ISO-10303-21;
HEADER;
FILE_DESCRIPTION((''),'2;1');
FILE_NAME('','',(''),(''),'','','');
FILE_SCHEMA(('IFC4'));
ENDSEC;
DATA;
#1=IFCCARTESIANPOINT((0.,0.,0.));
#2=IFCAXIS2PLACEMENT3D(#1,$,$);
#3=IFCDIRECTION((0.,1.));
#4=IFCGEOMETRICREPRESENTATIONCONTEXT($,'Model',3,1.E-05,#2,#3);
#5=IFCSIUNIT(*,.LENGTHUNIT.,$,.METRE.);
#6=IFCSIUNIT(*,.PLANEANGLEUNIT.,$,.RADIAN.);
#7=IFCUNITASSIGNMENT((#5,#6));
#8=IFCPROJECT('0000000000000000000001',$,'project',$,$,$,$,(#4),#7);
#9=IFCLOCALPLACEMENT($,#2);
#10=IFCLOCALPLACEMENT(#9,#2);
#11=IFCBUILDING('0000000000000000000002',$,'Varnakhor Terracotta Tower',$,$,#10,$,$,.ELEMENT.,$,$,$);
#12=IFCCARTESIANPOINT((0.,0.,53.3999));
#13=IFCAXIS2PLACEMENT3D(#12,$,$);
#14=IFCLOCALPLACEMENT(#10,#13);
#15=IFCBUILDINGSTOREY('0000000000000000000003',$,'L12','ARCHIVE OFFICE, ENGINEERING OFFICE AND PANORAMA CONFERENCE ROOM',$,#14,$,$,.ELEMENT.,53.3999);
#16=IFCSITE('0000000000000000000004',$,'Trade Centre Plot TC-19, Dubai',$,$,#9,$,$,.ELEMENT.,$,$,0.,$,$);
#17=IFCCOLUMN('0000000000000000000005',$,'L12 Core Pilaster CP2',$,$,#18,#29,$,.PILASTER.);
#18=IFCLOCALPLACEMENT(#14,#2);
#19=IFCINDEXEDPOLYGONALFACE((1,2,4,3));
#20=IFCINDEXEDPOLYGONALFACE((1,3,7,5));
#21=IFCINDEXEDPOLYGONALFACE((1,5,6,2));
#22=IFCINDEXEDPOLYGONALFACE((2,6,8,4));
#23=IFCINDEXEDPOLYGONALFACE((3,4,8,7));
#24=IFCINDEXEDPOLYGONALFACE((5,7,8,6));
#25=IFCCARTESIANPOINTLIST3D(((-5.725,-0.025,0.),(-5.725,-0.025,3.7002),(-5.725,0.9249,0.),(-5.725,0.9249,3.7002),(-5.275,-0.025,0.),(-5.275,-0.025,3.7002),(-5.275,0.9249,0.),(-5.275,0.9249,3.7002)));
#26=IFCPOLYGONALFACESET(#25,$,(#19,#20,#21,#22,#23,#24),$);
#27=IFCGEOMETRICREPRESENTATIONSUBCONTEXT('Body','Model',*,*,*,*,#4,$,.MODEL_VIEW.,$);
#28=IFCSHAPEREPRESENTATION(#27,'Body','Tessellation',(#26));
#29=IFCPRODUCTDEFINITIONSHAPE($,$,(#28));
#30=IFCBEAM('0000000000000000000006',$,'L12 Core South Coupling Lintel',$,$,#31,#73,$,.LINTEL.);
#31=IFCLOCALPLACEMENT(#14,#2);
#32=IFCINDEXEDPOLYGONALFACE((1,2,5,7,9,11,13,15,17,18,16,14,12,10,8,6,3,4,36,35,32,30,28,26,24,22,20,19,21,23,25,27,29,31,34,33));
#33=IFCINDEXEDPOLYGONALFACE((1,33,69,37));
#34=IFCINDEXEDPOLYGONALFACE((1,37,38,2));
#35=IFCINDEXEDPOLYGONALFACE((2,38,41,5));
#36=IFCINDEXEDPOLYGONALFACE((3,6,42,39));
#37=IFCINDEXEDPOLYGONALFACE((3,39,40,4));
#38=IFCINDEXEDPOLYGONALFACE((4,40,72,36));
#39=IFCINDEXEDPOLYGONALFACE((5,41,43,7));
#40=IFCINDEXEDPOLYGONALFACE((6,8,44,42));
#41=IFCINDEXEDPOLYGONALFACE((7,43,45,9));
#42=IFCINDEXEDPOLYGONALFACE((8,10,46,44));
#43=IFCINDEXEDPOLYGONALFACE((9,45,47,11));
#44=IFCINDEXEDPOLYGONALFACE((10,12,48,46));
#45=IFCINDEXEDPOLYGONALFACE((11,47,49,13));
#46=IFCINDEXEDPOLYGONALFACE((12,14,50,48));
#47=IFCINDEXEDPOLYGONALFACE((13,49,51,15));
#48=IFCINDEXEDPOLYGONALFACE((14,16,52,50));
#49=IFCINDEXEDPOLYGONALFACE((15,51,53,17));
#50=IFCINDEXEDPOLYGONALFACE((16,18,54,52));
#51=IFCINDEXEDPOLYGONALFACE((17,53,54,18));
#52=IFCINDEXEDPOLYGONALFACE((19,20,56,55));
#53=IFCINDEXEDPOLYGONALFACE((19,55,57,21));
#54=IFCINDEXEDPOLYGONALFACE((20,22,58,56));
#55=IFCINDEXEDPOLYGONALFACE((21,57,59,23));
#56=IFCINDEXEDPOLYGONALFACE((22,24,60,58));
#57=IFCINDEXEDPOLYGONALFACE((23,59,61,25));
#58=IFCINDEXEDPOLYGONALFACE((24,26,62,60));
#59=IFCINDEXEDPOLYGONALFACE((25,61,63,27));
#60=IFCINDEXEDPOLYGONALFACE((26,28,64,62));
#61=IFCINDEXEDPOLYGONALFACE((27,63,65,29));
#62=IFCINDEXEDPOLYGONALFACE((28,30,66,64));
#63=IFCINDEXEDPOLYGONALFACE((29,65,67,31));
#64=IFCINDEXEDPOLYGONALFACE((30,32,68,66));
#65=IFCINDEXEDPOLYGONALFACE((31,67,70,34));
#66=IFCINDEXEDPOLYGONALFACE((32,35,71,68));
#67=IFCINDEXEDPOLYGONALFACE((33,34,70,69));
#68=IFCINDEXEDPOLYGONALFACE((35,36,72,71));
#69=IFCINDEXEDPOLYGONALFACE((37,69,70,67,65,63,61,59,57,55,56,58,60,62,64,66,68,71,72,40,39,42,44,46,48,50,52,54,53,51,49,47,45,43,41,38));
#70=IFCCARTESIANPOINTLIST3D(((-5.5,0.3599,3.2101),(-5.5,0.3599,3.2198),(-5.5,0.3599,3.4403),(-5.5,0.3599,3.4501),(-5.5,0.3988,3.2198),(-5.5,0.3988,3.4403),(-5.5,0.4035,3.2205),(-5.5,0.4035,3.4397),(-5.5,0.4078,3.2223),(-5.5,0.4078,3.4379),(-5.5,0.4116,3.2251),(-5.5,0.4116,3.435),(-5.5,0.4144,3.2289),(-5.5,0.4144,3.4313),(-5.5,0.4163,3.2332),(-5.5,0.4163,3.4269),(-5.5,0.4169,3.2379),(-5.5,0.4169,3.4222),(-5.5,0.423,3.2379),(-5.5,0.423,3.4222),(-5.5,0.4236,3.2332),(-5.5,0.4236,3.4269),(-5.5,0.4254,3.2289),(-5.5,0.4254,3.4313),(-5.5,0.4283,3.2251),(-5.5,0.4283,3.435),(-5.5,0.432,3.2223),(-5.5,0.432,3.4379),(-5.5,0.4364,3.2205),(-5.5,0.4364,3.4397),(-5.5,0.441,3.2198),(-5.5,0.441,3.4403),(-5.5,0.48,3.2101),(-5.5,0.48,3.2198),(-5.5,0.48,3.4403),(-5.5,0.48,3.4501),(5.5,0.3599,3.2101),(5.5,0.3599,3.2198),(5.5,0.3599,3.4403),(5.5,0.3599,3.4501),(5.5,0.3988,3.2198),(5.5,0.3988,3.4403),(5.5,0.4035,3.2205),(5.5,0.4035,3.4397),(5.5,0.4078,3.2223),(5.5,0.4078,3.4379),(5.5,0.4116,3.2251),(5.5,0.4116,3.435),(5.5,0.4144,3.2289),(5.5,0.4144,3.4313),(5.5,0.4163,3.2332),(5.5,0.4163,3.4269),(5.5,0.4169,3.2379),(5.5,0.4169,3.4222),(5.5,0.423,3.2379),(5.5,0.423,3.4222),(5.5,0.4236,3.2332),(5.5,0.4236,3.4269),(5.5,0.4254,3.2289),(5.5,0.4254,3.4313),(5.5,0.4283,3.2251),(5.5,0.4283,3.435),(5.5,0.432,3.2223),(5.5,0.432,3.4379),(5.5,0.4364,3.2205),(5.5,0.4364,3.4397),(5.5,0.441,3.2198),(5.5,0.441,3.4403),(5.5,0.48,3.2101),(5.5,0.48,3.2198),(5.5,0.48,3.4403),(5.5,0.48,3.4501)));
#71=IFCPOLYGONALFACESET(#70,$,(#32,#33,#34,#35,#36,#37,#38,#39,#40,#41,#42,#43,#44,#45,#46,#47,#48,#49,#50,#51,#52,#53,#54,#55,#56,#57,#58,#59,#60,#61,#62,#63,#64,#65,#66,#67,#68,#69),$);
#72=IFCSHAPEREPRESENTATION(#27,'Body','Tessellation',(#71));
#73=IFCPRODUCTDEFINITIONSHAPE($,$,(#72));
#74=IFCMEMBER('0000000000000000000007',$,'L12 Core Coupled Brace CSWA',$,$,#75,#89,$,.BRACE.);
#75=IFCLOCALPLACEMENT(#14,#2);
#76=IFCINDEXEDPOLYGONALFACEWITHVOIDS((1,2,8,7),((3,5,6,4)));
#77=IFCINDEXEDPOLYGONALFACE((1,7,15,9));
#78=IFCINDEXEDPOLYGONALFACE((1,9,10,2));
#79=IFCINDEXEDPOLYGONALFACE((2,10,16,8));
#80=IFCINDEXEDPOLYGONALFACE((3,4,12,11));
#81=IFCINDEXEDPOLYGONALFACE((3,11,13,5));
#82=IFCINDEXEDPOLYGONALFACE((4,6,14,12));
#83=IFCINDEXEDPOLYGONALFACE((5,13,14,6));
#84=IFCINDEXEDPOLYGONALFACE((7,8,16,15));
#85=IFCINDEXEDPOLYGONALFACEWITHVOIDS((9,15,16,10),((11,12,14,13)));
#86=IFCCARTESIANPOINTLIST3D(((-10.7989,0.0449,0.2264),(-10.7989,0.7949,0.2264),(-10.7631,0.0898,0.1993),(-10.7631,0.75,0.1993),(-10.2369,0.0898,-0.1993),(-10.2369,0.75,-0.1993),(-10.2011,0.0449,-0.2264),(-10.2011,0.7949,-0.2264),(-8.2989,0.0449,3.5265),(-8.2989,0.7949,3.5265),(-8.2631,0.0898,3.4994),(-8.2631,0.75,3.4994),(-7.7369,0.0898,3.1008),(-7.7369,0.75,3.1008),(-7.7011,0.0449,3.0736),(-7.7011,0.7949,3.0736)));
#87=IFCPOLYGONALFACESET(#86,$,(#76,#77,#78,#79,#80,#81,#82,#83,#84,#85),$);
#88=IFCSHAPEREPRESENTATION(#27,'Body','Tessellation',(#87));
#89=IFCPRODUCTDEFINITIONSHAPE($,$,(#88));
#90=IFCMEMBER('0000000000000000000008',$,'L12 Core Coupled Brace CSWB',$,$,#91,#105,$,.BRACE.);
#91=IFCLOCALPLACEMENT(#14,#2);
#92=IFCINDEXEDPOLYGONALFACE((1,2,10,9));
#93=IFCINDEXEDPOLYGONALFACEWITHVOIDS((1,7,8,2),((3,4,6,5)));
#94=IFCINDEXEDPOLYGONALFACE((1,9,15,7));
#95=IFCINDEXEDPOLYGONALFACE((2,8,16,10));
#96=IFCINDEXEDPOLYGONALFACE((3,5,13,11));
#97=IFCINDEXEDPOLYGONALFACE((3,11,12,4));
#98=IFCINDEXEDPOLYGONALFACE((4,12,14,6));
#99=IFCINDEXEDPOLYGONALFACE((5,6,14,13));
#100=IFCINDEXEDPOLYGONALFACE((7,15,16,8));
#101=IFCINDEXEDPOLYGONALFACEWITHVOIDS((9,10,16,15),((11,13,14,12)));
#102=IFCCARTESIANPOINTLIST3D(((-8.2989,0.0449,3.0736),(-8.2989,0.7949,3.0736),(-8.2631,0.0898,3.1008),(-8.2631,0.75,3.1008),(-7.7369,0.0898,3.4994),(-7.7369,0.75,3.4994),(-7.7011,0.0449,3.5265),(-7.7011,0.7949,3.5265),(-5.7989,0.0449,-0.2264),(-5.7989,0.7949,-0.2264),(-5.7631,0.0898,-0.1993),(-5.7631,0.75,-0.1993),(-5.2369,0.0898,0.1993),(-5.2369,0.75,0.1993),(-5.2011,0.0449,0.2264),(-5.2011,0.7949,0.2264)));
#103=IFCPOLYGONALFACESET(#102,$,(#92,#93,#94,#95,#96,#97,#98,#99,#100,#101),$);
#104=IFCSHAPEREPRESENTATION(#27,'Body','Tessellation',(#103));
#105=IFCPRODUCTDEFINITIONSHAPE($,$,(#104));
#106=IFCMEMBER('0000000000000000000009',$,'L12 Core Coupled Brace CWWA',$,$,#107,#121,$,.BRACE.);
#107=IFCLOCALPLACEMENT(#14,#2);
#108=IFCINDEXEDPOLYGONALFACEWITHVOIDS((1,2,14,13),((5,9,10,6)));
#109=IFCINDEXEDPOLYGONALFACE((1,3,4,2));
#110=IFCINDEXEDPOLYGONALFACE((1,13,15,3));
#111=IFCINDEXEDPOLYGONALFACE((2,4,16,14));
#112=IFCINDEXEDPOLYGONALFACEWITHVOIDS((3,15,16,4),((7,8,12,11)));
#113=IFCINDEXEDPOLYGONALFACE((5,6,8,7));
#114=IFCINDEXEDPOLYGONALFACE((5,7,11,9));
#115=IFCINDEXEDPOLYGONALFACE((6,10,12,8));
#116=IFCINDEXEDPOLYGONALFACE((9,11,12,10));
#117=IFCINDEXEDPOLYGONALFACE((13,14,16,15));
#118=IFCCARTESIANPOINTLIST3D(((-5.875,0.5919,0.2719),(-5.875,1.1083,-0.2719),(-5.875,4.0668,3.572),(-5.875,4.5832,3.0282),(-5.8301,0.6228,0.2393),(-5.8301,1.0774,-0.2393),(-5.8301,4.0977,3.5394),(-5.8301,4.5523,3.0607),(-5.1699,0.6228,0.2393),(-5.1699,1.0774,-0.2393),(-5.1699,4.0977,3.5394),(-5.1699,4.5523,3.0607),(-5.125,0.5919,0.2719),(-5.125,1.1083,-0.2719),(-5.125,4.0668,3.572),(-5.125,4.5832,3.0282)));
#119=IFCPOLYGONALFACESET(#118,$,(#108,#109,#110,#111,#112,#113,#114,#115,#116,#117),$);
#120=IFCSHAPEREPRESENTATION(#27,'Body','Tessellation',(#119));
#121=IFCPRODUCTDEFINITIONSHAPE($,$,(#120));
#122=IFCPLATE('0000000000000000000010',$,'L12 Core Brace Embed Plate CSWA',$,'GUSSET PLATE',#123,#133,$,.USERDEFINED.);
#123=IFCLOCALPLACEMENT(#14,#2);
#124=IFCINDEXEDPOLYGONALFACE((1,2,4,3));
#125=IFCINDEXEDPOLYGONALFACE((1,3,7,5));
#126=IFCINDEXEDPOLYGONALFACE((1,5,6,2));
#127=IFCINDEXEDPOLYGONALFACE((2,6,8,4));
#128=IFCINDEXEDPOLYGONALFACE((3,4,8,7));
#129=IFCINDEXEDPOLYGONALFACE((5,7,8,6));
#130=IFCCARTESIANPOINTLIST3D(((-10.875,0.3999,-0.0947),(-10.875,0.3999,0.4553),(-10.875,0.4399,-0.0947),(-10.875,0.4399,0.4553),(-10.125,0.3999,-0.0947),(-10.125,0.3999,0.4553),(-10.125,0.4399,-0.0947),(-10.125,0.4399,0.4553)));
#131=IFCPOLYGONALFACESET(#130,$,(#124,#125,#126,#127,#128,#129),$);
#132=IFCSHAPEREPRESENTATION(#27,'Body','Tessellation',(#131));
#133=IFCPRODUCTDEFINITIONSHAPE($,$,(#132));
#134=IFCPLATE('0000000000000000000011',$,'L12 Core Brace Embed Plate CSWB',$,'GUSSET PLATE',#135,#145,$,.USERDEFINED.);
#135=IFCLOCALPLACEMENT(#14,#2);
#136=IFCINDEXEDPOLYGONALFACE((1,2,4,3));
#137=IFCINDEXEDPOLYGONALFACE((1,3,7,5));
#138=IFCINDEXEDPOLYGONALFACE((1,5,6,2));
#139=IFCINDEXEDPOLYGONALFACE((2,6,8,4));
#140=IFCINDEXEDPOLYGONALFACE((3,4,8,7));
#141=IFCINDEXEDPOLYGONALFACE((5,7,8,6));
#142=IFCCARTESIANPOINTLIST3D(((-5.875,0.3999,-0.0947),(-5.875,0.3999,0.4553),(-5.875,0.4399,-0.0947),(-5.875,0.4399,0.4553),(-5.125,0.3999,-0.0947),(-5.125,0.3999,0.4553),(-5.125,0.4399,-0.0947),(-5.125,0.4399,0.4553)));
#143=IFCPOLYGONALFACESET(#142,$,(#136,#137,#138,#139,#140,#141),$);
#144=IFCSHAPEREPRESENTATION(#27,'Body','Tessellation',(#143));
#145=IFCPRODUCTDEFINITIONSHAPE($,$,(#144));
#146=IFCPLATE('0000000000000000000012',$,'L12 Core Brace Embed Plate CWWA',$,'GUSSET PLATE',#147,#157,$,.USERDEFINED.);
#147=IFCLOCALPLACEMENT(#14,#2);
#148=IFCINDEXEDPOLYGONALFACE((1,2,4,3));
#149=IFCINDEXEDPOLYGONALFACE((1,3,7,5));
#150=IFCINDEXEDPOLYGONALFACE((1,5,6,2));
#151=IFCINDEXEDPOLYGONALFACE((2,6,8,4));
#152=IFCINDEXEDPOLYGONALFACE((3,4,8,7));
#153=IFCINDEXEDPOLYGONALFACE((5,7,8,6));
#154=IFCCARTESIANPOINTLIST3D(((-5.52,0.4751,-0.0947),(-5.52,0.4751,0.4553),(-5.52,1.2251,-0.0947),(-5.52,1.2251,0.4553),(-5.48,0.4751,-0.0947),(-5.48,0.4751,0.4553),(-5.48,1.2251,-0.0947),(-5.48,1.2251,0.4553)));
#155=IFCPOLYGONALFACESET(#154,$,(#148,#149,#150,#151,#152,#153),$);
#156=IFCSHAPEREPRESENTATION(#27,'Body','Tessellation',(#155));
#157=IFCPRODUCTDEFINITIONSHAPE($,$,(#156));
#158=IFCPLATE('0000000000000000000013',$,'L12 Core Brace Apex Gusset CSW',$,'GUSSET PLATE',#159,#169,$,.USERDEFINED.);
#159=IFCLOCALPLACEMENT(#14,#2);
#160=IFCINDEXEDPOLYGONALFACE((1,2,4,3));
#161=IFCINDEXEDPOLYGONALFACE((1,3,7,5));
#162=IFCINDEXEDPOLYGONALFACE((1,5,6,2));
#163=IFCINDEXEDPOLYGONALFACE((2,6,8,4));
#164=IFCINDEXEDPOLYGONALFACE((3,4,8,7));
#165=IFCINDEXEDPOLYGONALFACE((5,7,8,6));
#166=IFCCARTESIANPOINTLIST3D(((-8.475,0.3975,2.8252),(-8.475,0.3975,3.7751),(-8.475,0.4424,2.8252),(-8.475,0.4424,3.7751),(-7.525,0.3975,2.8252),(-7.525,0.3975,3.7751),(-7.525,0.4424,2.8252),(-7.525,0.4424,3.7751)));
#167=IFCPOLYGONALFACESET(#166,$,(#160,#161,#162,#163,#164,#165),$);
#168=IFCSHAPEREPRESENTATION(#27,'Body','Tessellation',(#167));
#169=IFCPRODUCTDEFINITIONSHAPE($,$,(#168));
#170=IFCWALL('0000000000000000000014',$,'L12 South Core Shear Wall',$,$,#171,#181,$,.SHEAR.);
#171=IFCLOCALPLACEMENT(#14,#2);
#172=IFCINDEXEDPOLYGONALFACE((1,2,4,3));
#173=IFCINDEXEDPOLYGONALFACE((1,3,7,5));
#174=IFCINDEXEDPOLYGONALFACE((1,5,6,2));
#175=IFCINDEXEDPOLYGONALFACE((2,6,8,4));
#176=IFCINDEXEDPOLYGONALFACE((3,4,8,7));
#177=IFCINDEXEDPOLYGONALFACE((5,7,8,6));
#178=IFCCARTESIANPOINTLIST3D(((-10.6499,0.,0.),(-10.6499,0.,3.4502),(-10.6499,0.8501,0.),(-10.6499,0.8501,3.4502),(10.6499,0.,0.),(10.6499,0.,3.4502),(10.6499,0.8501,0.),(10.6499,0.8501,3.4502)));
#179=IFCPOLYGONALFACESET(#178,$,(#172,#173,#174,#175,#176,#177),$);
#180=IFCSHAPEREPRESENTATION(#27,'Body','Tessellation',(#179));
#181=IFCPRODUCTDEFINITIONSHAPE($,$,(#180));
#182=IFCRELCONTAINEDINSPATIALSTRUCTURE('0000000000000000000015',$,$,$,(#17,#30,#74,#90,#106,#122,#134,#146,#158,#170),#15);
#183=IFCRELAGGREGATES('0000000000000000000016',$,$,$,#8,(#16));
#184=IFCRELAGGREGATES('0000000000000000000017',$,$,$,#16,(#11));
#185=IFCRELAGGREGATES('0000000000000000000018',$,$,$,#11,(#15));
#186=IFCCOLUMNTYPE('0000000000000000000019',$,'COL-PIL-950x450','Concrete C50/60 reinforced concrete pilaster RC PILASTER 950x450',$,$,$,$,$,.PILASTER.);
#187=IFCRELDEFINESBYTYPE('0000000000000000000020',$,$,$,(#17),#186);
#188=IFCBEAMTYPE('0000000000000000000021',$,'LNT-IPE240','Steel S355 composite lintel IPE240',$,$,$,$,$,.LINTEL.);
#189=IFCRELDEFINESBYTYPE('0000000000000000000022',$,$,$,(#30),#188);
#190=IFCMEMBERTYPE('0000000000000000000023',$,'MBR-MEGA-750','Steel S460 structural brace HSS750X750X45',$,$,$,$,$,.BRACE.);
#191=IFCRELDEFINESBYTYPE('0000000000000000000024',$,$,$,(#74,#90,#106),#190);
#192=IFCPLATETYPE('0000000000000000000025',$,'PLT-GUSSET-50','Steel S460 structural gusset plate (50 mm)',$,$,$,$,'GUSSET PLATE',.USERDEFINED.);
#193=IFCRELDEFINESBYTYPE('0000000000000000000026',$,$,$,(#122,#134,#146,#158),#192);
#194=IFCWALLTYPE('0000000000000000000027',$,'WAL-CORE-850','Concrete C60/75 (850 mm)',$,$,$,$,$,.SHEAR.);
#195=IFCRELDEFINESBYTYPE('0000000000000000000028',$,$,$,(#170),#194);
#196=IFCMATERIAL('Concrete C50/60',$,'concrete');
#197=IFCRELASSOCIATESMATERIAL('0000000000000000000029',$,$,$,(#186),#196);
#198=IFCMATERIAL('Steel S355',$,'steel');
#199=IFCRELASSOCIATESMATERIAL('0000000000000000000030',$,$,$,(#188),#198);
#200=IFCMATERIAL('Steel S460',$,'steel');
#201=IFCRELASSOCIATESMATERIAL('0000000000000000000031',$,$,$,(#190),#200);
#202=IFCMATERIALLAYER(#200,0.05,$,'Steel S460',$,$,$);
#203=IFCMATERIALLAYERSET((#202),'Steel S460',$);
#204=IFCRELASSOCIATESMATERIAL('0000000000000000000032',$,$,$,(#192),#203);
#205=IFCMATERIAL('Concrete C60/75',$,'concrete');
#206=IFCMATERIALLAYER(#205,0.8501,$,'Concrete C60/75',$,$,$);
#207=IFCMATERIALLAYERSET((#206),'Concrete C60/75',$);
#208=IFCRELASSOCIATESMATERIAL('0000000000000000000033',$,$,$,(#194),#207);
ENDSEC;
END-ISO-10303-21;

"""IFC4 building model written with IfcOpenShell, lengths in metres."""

from ifc_helpers import new_model, si_unit, direction, frame, frame_2d, origin, origin_2d, place, context, subcontext, project, spatial, rectangle, hollow_rectangle, i_section, extrude, source, transform, mapped, material, layer, layer_set, material_profile, profile_set, type_object, type_shapes, element, save


model = new_model("IFC4")

# Units and contexts
model_context = context("Model", 3, precision=1e-05, world=origin(), true_north=direction((0.0, 1.0)))
body_context = subcontext(model_context, "Body", "Model", "MODEL_VIEW")
ifc_project = project(units=[si_unit("LENGTHUNIT", "METRE"), si_unit("PLANEANGLEUNIT", "RADIAN")], contexts=[model_context])

# Site, building, storey
site_placement = place(None, origin())
site = spatial("IfcSite", under=ifc_project, at=site_placement, Name="Trade Centre Plot TC-19, Dubai", CompositionType="ELEMENT", RefElevation=0.0)
building_placement = place(site_placement, origin())
building = spatial("IfcBuilding", under=site, at=building_placement, Name="Varnakhor Terracotta Tower", CompositionType="ELEMENT")
storey_placement = place(building_placement, frame((0.0, 0.0, 53.3999)))
storey = spatial("IfcBuildingStorey", under=building, at=storey_placement, Name="L12", Description="ARCHIVE OFFICE, ENGINEERING OFFICE AND PANORAMA CONFERENCE ROOM", CompositionType="ELEMENT", Elevation=53.3999)

# Column
ifc_material_1 = material(Name="Concrete C50/60", Category="concrete")
ifc_material_profile_1 = material_profile(ifc_material_1, rectangle(XDim=0.45, YDim=0.95, at=origin_2d()), Name="RC PILASTER 950x450")
ifc_profile_set_1 = profile_set([ifc_material_profile_1], Name="Concrete C50/60")
column_type = type_object("IfcColumnType", Name="COL-PIL-950x450", Description="Concrete C50/60 reinforced concrete pilaster RC PILASTER 950x450", PredefinedType="PILASTER", material=ifc_profile_set_1)
shared_shape_1 = source(origin(), body_context, "Body", "SweptSolid", [
    extrude(rectangle(XDim=0.45, YDim=0.95, at=origin_2d()), origin(), (0.0, 0.0, 1.0), 3.7002),
])
column_placement = place(storey_placement, frame((-5.5, 0.45, 0.0), z_axis=(0.0, 0.0, 1.0), x_axis=(1.0, 0.0, 0.0)))
element("IfcColumn", 1, at=column_placement, inside=storey, type_object=column_type, Name="L12 Core Pilaster CP2", PredefinedType="PILASTER", context=body_context, shape_type="MappedRepresentation", body=[
    mapped(shared_shape_1, transform((0.0, 0.0, 0.0), scale=1.0)),
])

# Beam
ifc_material_2 = material(Name="Steel S355", Category="steel")
ifc_material_profile_2 = material_profile(ifc_material_2, i_section(OverallWidth=0.1201, OverallDepth=0.24, WebThickness=0.0061, FlangeThickness=0.0098, FilletRadius=0.0181, at=origin_2d()), Name="IPE240")
ifc_profile_set_2 = profile_set([ifc_material_profile_2], Name="Steel S355")
beam_type = type_object("IfcBeamType", Name="LNT-IPE240", Description="Steel S355 composite lintel IPE240", PredefinedType="LINTEL", material=ifc_profile_set_2)
shared_shape_2 = source(origin(), body_context, "Body", "SweptSolid", [
    extrude(i_section(OverallWidth=0.1201, OverallDepth=0.24, WebThickness=0.0061, FlangeThickness=0.0098, FilletRadius=0.0181, at=origin_2d()), origin(), (0.0, 0.0, 1.0), 11.0),
])
type_shapes(beam_type, [shared_shape_2])
beam_placement = place(storey_placement, frame((-5.5, 0.4199, 3.3301), z_axis=(1.0, 0.0, 0.0), x_axis=(0.0, 1.0, 0.0)))
element("IfcBeam", 2, at=beam_placement, inside=storey, type_object=beam_type, Name="L12 Core South Coupling Lintel", PredefinedType="LINTEL", context=body_context, shape_type="MappedRepresentation", body=[
    mapped(shared_shape_2, transform((0.0, 0.0, 0.0), scale=1.0)),
])

# Members
ifc_material_3 = material(Name="Steel S460", Category="steel")
ifc_material_profile_3 = material_profile(ifc_material_3, hollow_rectangle(XDim=0.75, YDim=0.75, WallThickness=0.0449, at=origin_2d()), Name="HSS750X750X45")
ifc_profile_set_3 = profile_set([ifc_material_profile_3], Name="Steel S460")
member_type = type_object("IfcMemberType", Name="MBR-MEGA-750", Description="Steel S460 structural brace HSS750X750X45", PredefinedType="BRACE", material=ifc_profile_set_3)
shared_shape_3 = source(origin(), body_context, "Body", "SweptSolid", [
    extrude(hollow_rectangle(XDim=0.75, YDim=0.75, WallThickness=0.0449, at=origin_2d()), origin(), (0.0, 0.0, 1.0), 4.1401),
])
type_shapes(member_type, [shared_shape_3])
for number, where, z_axis, x_axis, name in (
    (3, (-10.5, 0.4199, 0.0), (0.603852, 0.0, 0.797096), (0.0, 1.0, 0.0), "L12 Core Coupled Brace CSWA"),
    (4, (-5.5, 0.4199, 0.0), (-0.603852, 0.0, 0.797096), (0.0, -1.0, 0.0), "L12 Core Coupled Brace CSWB"),
):
    element("IfcMember", number, at=place(storey_placement, frame(where, z_axis=z_axis, x_axis=x_axis)), inside=storey, type_object=member_type, Name=name, PredefinedType="BRACE", context=body_context, shape_type="MappedRepresentation", body=[
        mapped(shared_shape_3, transform((0.0, 0.0, 0.0), scale=1.0)),
    ])
shared_shape_4 = source(origin(), body_context, "Body", "SweptSolid", [
    extrude(hollow_rectangle(XDim=0.75, YDim=0.75, WallThickness=0.0449, at=origin_2d()), origin(), (0.0, 0.0, 1.0), 4.7922),
])
member_placement = place(storey_placement, frame((-5.5, 0.8501, 0.0), z_axis=(0.0, 0.72511, 0.688633), x_axis=(-1.0, 0.0, 0.0)))
element("IfcMember", 5, at=member_placement, inside=storey, type_object=member_type, Name="L12 Core Coupled Brace CWWA", PredefinedType="BRACE", context=body_context, shape_type="MappedRepresentation", body=[
    mapped(shared_shape_4, transform((0.0, 0.0, 0.0), scale=1.0)),
])

# Plates
ifc_layer_1 = layer(ifc_material_3, 0.05, Name="Steel S460")
ifc_layer_set_1 = layer_set([ifc_layer_1], Name="Steel S460")
plate_type = type_object("IfcPlateType", Name="PLT-GUSSET-50", Description="Steel S460 structural gusset plate (50 mm)", ElementType="GUSSET PLATE", PredefinedType="USERDEFINED", material=ifc_layer_set_1)
shared_shape_5 = source(origin(), body_context, "Body", "SweptSolid", [
    extrude(rectangle(XDim=0.75, YDim=0.04, at=origin_2d()), origin(), (0.0, 0.0, 1.0), 0.55),
])
type_shapes(plate_type, [shared_shape_5])
for number, where, z_axis, x_axis, name in (
    (6, (-10.5, 0.4199, -0.0947), (0.0, 0.0, 1.0), (1.0, 0.0, 0.0), "L12 Core Brace Embed Plate CSWA"),
    (7, (-5.5, 0.4199, -0.0947), (0.0, 0.0, 1.0), (1.0, 0.0, 0.0), "L12 Core Brace Embed Plate CSWB"),
    (8, (-5.5, 0.8501, -0.0947), (0.0, 0.0, 1.0), (0.0, 1.0, 0.0), "L12 Core Brace Embed Plate CWWA"),
):
    element("IfcPlate", number, at=place(storey_placement, frame(where, z_axis=z_axis, x_axis=x_axis)), inside=storey, type_object=plate_type, Name=name, ObjectType="GUSSET PLATE", PredefinedType="USERDEFINED", context=body_context, shape_type="MappedRepresentation", body=[
        mapped(shared_shape_5, transform((0.0, 0.0, 0.0), scale=1.0)),
    ])
shared_shape_6 = source(origin(), body_context, "Body", "SweptSolid", [
    extrude(rectangle(XDim=0.95, YDim=0.0449, at=origin_2d()), origin(), (0.0, 0.0, 1.0), 0.95),
])
plate_placement = place(storey_placement, frame((-8.0, 0.4199, 2.8252), z_axis=(0.0, 0.0, 1.0), x_axis=(1.0, 0.0, 0.0)))
element("IfcPlate", 9, at=plate_placement, inside=storey, type_object=plate_type, Name="L12 Core Brace Apex Gusset CSW", ObjectType="GUSSET PLATE", PredefinedType="USERDEFINED", context=body_context, shape_type="MappedRepresentation", body=[
    mapped(shared_shape_6, transform((0.0, 0.0, 0.0), scale=1.0)),
])

# Wall
ifc_material_4 = material(Name="Concrete C60/75", Category="concrete")
ifc_layer_2 = layer(ifc_material_4, 0.8501, Name="Concrete C60/75")
ifc_layer_set_2 = layer_set([ifc_layer_2], Name="Concrete C60/75")
wall_type_1 = type_object("IfcWallType", Name="WAL-CORE-850", Description="Concrete C60/75 (850 mm)", PredefinedType="SHEAR", material=ifc_layer_set_2)
wall_1_placement = place(storey_placement, frame((-10.6499, 0.425, 0.0), z_axis=(0.0, 0.0, 1.0), x_axis=(1.0, 0.0, 0.0)))
element("IfcWall", 10, at=wall_1_placement, inside=storey, type_object=wall_type_1, Name="L12 South Core Shear Wall", PredefinedType="SHEAR", context=body_context, shape_type="SweptSolid", body=[
    extrude(rectangle(XDim=21.2998, YDim=0.8501, at=frame_2d((10.6499, 0.0))), origin(), (0.0, 0.0, 1.0), 3.4502),
])

save(model, "model.ifc")
